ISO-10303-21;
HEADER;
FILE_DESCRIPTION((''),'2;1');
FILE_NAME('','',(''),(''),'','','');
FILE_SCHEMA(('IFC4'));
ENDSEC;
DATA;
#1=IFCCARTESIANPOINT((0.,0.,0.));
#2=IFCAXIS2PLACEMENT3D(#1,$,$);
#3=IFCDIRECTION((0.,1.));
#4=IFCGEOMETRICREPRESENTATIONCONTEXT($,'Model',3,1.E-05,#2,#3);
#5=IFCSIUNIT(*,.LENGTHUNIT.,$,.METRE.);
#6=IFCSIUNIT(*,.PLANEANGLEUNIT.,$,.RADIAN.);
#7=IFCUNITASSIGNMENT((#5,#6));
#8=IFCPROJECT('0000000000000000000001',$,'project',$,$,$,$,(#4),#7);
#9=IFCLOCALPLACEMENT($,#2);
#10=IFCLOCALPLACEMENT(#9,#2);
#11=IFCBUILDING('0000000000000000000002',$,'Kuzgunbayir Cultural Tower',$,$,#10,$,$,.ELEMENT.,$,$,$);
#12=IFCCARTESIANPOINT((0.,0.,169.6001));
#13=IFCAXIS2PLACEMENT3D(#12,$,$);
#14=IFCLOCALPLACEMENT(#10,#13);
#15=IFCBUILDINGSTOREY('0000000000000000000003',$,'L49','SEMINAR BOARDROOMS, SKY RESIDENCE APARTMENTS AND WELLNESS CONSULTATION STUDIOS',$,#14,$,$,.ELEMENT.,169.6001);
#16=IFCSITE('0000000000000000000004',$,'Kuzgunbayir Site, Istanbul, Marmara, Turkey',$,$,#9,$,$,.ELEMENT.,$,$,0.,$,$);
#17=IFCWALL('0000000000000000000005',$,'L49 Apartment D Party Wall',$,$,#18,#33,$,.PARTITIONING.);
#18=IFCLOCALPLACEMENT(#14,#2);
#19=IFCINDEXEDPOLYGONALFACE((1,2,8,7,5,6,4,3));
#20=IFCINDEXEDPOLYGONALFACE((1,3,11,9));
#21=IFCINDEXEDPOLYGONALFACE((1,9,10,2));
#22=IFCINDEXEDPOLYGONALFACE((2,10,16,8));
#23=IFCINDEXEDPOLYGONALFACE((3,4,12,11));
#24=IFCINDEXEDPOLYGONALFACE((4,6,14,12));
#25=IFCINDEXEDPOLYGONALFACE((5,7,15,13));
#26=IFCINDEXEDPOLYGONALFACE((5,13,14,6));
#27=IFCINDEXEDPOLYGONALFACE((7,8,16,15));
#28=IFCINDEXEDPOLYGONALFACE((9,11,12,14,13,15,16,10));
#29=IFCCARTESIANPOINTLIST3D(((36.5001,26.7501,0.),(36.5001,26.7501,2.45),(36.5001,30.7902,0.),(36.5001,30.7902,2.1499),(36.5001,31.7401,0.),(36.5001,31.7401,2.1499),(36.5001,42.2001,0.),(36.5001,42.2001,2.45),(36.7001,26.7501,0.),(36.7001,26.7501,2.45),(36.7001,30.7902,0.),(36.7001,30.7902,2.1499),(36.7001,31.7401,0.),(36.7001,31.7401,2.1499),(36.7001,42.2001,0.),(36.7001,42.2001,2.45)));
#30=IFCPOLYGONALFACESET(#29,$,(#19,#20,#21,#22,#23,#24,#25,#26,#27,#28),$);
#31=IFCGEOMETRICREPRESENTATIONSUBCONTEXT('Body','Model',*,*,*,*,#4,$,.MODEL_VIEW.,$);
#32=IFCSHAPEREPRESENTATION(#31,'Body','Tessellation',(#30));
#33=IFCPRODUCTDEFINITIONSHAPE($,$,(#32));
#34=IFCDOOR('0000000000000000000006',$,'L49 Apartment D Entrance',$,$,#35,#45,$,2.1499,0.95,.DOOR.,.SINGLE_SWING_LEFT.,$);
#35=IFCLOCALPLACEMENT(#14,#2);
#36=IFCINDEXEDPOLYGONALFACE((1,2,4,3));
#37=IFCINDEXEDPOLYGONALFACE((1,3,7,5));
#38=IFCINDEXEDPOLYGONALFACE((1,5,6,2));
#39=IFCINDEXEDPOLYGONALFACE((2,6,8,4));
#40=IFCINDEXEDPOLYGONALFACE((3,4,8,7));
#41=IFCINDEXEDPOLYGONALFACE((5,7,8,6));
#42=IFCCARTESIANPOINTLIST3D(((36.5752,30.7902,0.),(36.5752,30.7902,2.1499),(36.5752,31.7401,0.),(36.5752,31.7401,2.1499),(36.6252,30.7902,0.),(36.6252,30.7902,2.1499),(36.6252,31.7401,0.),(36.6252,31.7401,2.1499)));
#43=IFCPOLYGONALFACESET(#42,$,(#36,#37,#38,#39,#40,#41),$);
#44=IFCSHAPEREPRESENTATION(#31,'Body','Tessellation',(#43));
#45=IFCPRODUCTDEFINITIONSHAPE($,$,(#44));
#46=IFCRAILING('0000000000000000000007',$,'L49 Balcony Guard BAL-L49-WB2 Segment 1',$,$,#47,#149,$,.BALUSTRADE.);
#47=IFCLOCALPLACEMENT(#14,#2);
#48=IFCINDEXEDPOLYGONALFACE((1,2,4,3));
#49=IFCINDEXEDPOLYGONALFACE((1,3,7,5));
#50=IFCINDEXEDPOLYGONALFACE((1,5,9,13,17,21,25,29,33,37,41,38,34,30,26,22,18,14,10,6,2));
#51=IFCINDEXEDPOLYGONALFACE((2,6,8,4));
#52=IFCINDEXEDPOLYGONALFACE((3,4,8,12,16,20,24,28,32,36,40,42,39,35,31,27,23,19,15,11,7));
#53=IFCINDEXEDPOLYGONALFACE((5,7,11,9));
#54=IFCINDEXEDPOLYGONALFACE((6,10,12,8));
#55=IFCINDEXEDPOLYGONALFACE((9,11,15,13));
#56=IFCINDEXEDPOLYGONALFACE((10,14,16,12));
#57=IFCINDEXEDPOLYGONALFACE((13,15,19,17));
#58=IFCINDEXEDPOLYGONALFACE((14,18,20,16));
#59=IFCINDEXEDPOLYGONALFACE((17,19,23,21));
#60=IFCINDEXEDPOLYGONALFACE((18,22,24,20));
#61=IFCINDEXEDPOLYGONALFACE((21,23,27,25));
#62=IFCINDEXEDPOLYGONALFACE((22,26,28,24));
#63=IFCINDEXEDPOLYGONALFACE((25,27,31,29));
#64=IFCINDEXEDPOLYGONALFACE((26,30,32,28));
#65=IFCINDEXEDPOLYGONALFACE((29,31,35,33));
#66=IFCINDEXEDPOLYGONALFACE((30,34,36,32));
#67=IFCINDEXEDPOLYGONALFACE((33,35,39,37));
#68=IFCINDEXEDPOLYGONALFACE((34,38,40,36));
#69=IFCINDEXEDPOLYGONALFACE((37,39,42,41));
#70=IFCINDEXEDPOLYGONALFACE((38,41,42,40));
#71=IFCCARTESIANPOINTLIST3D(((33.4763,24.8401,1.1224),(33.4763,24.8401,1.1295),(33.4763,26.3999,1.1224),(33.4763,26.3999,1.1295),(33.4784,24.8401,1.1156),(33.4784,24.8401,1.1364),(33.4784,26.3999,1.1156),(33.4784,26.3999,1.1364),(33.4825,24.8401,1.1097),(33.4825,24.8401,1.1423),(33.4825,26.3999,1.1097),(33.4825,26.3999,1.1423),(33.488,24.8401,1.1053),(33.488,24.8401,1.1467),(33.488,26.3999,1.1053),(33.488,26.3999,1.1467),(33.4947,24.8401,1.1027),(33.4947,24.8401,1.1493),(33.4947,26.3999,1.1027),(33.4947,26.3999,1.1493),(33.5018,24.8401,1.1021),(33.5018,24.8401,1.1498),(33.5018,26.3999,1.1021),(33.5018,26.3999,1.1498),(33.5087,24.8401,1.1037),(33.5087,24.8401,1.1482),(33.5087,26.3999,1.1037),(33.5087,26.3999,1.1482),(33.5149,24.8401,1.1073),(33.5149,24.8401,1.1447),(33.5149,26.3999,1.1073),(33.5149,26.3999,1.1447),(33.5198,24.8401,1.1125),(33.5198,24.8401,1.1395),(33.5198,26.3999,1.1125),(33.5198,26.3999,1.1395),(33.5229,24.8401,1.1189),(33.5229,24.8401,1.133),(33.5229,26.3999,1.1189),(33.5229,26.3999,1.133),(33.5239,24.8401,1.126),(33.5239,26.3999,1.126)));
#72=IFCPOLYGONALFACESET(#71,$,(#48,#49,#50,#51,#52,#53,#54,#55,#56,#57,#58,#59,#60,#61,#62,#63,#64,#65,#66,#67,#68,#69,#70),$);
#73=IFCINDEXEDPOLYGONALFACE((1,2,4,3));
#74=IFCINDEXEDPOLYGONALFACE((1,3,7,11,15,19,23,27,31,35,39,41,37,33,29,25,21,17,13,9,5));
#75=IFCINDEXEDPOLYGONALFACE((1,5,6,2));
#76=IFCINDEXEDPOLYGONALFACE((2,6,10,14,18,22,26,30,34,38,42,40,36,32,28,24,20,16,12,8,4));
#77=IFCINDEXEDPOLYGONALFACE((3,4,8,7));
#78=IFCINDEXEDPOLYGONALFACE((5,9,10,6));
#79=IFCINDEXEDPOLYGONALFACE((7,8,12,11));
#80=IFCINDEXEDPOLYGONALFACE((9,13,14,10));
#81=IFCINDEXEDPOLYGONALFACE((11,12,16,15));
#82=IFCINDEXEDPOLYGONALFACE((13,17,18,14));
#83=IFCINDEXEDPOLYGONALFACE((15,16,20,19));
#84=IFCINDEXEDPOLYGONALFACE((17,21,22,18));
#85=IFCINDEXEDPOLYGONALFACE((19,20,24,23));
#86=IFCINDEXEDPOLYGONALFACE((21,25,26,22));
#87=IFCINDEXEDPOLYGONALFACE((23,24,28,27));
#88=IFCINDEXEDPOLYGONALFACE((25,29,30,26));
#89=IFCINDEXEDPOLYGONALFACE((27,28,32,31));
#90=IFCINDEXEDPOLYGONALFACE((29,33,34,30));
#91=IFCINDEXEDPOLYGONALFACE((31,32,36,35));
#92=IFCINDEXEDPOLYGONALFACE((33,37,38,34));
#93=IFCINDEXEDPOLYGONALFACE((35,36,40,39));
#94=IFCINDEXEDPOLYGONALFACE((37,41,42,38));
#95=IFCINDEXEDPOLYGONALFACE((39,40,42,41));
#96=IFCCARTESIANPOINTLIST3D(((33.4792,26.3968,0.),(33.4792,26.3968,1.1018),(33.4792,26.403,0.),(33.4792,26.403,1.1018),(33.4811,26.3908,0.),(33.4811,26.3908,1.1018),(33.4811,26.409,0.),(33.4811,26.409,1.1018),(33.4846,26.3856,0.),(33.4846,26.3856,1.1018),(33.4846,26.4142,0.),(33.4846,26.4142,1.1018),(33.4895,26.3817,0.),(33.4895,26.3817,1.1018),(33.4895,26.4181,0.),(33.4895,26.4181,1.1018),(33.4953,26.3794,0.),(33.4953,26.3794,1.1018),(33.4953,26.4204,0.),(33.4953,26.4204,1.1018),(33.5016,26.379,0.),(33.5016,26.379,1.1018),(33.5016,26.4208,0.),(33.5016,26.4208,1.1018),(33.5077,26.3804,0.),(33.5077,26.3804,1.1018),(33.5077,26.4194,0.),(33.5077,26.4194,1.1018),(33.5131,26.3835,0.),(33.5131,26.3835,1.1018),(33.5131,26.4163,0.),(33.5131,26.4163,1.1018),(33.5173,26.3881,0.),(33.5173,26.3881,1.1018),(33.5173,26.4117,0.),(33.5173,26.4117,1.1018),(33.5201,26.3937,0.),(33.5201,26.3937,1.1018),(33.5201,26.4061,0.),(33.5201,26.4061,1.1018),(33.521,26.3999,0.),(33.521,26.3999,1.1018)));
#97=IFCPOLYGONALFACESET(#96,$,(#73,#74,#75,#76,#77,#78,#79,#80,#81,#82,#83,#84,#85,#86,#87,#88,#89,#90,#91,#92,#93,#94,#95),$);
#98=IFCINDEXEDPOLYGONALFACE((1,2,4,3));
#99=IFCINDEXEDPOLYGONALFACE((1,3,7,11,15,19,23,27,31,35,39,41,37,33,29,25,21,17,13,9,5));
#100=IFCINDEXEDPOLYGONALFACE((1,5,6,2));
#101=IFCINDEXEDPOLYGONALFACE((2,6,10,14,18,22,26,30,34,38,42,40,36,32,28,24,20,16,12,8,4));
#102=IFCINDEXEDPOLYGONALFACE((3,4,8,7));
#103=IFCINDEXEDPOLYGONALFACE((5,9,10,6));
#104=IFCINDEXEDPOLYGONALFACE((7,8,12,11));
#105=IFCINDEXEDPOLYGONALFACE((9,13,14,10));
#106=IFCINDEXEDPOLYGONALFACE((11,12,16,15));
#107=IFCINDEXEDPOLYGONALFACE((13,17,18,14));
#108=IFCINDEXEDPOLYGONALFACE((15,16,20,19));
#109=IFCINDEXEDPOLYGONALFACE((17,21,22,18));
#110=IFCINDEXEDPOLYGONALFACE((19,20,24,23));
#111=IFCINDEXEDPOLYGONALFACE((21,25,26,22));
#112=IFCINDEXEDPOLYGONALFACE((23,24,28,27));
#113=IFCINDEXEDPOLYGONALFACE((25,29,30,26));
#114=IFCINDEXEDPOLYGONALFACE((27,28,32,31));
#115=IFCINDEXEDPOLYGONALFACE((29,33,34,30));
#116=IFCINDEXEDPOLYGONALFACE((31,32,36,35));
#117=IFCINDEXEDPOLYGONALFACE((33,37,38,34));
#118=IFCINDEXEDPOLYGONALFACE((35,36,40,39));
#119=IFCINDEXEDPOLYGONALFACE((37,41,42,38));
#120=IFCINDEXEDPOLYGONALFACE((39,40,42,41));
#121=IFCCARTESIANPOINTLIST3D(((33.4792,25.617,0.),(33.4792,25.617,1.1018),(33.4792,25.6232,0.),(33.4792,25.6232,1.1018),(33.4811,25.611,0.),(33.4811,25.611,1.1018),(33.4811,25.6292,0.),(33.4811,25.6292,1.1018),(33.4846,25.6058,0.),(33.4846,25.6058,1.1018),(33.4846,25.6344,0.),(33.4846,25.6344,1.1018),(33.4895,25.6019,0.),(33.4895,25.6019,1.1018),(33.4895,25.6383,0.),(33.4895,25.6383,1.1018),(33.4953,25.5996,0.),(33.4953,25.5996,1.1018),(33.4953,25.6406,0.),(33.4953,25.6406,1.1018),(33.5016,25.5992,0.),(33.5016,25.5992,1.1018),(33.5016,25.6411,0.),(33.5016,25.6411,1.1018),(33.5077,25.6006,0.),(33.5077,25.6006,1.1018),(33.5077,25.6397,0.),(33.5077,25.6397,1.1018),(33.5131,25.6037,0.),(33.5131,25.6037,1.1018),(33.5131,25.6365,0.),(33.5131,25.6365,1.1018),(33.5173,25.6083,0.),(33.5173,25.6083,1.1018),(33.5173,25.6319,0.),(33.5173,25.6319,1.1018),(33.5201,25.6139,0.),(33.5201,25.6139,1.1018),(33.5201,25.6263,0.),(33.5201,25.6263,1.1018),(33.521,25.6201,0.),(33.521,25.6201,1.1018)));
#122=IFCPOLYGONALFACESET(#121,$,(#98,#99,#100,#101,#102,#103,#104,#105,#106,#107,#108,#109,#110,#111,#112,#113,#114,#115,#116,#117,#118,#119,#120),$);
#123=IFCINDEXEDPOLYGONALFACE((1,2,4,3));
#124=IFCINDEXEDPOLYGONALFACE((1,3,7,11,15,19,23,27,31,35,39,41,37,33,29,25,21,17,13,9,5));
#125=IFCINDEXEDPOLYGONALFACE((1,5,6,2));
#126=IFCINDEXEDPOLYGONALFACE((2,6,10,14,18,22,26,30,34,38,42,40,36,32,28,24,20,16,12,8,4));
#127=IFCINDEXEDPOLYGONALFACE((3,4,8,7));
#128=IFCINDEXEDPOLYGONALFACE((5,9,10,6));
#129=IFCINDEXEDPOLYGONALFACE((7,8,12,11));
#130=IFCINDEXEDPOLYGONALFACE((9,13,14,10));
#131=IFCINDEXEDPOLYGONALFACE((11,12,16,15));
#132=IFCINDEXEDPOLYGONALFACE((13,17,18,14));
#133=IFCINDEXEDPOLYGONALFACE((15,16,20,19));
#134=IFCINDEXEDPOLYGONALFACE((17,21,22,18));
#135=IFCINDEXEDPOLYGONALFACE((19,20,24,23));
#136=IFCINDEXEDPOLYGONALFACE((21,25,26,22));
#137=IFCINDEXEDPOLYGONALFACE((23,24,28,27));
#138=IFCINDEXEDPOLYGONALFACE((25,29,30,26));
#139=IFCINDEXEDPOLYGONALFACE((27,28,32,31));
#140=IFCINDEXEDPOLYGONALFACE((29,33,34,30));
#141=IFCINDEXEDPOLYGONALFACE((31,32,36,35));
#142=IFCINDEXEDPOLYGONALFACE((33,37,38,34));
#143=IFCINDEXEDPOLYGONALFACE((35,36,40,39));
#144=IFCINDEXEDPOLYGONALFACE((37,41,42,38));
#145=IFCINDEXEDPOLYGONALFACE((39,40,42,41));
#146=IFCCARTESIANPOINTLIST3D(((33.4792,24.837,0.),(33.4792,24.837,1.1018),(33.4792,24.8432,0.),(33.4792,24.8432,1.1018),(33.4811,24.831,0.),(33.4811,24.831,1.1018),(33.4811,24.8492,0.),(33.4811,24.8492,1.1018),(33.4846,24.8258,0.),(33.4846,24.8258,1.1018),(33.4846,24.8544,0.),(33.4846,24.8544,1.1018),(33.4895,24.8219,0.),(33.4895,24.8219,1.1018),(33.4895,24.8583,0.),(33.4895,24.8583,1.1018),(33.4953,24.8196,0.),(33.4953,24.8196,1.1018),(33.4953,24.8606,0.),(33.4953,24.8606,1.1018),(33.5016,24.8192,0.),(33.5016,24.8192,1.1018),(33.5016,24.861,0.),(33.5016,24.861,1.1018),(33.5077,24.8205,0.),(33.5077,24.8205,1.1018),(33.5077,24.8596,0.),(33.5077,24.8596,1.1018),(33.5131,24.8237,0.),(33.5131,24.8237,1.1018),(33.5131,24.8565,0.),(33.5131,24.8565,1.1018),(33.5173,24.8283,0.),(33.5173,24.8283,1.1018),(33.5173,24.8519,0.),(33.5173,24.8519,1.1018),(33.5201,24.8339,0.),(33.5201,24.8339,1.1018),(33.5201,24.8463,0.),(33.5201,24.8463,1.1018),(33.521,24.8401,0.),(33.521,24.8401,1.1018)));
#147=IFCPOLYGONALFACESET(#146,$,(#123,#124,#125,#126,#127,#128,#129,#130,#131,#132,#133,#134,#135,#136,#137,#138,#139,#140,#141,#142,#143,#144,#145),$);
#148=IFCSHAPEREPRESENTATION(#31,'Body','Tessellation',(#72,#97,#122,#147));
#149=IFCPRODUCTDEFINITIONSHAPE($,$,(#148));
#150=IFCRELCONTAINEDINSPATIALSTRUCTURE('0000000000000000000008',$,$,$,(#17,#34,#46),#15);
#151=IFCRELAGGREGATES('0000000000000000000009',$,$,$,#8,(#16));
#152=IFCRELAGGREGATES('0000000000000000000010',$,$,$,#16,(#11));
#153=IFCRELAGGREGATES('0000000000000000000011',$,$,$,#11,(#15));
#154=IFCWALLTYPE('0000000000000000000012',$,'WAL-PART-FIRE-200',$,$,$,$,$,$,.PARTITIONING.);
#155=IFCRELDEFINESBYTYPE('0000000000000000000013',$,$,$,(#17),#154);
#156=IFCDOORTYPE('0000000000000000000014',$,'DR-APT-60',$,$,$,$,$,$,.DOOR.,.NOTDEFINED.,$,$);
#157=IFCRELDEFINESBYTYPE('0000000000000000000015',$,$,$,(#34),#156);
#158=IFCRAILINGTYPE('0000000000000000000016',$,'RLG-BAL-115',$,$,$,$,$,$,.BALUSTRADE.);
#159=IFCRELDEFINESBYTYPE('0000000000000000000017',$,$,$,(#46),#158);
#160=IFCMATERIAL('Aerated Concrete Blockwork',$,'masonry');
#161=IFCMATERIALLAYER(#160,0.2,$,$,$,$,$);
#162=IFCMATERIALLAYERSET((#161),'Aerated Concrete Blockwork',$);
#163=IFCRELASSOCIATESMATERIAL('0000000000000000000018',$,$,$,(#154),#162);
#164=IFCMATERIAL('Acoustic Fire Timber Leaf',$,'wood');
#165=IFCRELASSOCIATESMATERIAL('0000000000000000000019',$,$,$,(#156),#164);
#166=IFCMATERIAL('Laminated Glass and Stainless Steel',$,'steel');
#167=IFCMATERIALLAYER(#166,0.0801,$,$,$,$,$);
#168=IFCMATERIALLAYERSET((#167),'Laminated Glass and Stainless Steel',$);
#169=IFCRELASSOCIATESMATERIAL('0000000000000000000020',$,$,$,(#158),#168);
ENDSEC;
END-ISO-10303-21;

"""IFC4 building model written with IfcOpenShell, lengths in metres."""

from ifc_helpers import new_model, si_unit, direction, frame, frame_2d, origin, origin_2d, place, context, subcontext, project, spatial, rectangle, circle, extrude, material, layer, layer_set, type_object, element, fill, save


model = new_model("IFC4")

# Units and contexts
model_context = context("Model", 3, precision=1e-05, world=origin(), true_north=direction((0.0, 1.0)))
body_context = subcontext(model_context, "Body", "Model", "MODEL_VIEW")
ifc_project = project(units=[si_unit("LENGTHUNIT", "METRE"), si_unit("PLANEANGLEUNIT", "RADIAN")], contexts=[model_context])

# Site, building, storey
site_placement = place(None, origin())
site = spatial("IfcSite", under=ifc_project, at=site_placement, Name="Kuzgunbayir Site, Istanbul, Marmara, Turkey", CompositionType="ELEMENT", RefElevation=0.0)
building_placement = place(site_placement, origin())
building = spatial("IfcBuilding", under=site, at=building_placement, Name="Kuzgunbayir Cultural Tower", CompositionType="ELEMENT")
storey_placement = place(building_placement, frame((0.0, 0.0, 169.6001)))
storey = spatial("IfcBuildingStorey", under=building, at=storey_placement, Name="L49", Description="SEMINAR BOARDROOMS, SKY RESIDENCE APARTMENTS AND WELLNESS CONSULTATION STUDIOS", CompositionType="ELEMENT", Elevation=169.6001)

# Wall, opening, door
ifc_material_1 = material(Name="Aerated Concrete Blockwork", Category="masonry")
ifc_layer_1 = layer(ifc_material_1, 0.2)
ifc_layer_set_1 = layer_set([ifc_layer_1], Name="Aerated Concrete Blockwork")
wall_type_1 = type_object("IfcWallType", Name="WAL-PART-FIRE-200", PredefinedType="PARTITIONING", material=ifc_layer_set_1)
wall_1_placement = place(storey_placement, frame((36.6001, 26.75, 0.0), z_axis=(0.0, 0.0, 1.0), x_axis=(0.0, 1.0, 0.0)))
wall_1 = element("IfcWall", 1, at=wall_1_placement, inside=storey, type_object=wall_type_1, Name="L49 Apartment D Party Wall", PredefinedType="PARTITIONING", context=body_context, shape_type="SweptSolid", body=[
    extrude(rectangle(XDim=15.45, YDim=0.2, at=frame_2d((7.7251, 0.0))), origin(), (0.0, 0.0, 1.0), 2.45),
])
opening_1_placement = place(wall_1_placement, frame((4.04, 0.0, 0.0)))
opening_1 = element("IfcOpeningElement", 2, at=opening_1_placement, cuts=wall_1, PredefinedType="OPENING", context=body_context, shape_type="SweptSolid", body=[
    extrude(rectangle(XDim=0.95, YDim=2.1499, at=frame_2d((0.4751, 1.075))), frame((0.0, 0.1099, 0.0), z_axis=(0.0, -1.0, 0.0), x_axis=(1.0, 0.0, 0.0)), (0.0, 0.0, 1.0), 0.22),
])
ifc_material_2 = material(Name="Acoustic Fire Timber Leaf", Category="wood")
door_type = type_object("IfcDoorType", Name="DR-APT-60", OperationType="NOTDEFINED", PredefinedType="DOOR", material=ifc_material_2)
door_placement = place(opening_1_placement, origin())
door = element("IfcDoor", 3, at=door_placement, inside=storey, type_object=door_type, Name="L49 Apartment D Entrance", OperationType="SINGLE_SWING_LEFT", OverallHeight=2.1499, OverallWidth=0.95, PredefinedType="DOOR", context=body_context, shape_type="SweptSolid", body=[
    extrude(rectangle(XDim=0.95, YDim=2.1499, at=frame_2d((0.4751, 1.075))), frame((0.0, 0.0249, 0.0), z_axis=(0.0, -1.0, 0.0), x_axis=(1.0, 0.0, 0.0)), (0.0, 0.0, 1.0), 0.05),
])
fill(opening_1, door)

# Railing
ifc_material_3 = material(Name="Laminated Glass and Stainless Steel", Category="steel")
ifc_layer_2 = layer(ifc_material_3, 0.0801)
ifc_layer_set_2 = layer_set([ifc_layer_2], Name="Laminated Glass and Stainless Steel")
railing_type = type_object("IfcRailingType", Name="RLG-BAL-115", PredefinedType="BALUSTRADE", material=ifc_layer_set_2)
railing_1_placement = place(storey_placement, frame((33.5, 26.3999, 0.0)))
element("IfcRailing", 4, at=railing_1_placement, inside=storey, type_object=railing_type, Name="L49 Balcony Guard BAL-L49-WB2 Segment 1", PredefinedType="BALUSTRADE", context=body_context, shape_type="SweptSolid", body=[
    extrude(circle(Radius=0.0239, at=origin_2d()), frame((0.0, 0.0, 1.126), z_axis=(0.0, -1.0, 0.0), x_axis=(1.0, 0.0, 0.0)), (0.0, 0.0, 1.0), 1.5598),
    extrude(circle(Radius=0.021, at=origin_2d()), origin(), (0.0, 0.0, 1.0), 1.1018),
    extrude(circle(Radius=0.021, at=origin_2d()), frame((0.0, -0.7798, 0.0)), (0.0, 0.0, 1.0), 1.1018),
    extrude(circle(Radius=0.021, at=origin_2d()), frame((0.0, -1.5598, 0.0)), (0.0, 0.0, 1.0), 1.1018),
])

save(model, "model.ifc")
